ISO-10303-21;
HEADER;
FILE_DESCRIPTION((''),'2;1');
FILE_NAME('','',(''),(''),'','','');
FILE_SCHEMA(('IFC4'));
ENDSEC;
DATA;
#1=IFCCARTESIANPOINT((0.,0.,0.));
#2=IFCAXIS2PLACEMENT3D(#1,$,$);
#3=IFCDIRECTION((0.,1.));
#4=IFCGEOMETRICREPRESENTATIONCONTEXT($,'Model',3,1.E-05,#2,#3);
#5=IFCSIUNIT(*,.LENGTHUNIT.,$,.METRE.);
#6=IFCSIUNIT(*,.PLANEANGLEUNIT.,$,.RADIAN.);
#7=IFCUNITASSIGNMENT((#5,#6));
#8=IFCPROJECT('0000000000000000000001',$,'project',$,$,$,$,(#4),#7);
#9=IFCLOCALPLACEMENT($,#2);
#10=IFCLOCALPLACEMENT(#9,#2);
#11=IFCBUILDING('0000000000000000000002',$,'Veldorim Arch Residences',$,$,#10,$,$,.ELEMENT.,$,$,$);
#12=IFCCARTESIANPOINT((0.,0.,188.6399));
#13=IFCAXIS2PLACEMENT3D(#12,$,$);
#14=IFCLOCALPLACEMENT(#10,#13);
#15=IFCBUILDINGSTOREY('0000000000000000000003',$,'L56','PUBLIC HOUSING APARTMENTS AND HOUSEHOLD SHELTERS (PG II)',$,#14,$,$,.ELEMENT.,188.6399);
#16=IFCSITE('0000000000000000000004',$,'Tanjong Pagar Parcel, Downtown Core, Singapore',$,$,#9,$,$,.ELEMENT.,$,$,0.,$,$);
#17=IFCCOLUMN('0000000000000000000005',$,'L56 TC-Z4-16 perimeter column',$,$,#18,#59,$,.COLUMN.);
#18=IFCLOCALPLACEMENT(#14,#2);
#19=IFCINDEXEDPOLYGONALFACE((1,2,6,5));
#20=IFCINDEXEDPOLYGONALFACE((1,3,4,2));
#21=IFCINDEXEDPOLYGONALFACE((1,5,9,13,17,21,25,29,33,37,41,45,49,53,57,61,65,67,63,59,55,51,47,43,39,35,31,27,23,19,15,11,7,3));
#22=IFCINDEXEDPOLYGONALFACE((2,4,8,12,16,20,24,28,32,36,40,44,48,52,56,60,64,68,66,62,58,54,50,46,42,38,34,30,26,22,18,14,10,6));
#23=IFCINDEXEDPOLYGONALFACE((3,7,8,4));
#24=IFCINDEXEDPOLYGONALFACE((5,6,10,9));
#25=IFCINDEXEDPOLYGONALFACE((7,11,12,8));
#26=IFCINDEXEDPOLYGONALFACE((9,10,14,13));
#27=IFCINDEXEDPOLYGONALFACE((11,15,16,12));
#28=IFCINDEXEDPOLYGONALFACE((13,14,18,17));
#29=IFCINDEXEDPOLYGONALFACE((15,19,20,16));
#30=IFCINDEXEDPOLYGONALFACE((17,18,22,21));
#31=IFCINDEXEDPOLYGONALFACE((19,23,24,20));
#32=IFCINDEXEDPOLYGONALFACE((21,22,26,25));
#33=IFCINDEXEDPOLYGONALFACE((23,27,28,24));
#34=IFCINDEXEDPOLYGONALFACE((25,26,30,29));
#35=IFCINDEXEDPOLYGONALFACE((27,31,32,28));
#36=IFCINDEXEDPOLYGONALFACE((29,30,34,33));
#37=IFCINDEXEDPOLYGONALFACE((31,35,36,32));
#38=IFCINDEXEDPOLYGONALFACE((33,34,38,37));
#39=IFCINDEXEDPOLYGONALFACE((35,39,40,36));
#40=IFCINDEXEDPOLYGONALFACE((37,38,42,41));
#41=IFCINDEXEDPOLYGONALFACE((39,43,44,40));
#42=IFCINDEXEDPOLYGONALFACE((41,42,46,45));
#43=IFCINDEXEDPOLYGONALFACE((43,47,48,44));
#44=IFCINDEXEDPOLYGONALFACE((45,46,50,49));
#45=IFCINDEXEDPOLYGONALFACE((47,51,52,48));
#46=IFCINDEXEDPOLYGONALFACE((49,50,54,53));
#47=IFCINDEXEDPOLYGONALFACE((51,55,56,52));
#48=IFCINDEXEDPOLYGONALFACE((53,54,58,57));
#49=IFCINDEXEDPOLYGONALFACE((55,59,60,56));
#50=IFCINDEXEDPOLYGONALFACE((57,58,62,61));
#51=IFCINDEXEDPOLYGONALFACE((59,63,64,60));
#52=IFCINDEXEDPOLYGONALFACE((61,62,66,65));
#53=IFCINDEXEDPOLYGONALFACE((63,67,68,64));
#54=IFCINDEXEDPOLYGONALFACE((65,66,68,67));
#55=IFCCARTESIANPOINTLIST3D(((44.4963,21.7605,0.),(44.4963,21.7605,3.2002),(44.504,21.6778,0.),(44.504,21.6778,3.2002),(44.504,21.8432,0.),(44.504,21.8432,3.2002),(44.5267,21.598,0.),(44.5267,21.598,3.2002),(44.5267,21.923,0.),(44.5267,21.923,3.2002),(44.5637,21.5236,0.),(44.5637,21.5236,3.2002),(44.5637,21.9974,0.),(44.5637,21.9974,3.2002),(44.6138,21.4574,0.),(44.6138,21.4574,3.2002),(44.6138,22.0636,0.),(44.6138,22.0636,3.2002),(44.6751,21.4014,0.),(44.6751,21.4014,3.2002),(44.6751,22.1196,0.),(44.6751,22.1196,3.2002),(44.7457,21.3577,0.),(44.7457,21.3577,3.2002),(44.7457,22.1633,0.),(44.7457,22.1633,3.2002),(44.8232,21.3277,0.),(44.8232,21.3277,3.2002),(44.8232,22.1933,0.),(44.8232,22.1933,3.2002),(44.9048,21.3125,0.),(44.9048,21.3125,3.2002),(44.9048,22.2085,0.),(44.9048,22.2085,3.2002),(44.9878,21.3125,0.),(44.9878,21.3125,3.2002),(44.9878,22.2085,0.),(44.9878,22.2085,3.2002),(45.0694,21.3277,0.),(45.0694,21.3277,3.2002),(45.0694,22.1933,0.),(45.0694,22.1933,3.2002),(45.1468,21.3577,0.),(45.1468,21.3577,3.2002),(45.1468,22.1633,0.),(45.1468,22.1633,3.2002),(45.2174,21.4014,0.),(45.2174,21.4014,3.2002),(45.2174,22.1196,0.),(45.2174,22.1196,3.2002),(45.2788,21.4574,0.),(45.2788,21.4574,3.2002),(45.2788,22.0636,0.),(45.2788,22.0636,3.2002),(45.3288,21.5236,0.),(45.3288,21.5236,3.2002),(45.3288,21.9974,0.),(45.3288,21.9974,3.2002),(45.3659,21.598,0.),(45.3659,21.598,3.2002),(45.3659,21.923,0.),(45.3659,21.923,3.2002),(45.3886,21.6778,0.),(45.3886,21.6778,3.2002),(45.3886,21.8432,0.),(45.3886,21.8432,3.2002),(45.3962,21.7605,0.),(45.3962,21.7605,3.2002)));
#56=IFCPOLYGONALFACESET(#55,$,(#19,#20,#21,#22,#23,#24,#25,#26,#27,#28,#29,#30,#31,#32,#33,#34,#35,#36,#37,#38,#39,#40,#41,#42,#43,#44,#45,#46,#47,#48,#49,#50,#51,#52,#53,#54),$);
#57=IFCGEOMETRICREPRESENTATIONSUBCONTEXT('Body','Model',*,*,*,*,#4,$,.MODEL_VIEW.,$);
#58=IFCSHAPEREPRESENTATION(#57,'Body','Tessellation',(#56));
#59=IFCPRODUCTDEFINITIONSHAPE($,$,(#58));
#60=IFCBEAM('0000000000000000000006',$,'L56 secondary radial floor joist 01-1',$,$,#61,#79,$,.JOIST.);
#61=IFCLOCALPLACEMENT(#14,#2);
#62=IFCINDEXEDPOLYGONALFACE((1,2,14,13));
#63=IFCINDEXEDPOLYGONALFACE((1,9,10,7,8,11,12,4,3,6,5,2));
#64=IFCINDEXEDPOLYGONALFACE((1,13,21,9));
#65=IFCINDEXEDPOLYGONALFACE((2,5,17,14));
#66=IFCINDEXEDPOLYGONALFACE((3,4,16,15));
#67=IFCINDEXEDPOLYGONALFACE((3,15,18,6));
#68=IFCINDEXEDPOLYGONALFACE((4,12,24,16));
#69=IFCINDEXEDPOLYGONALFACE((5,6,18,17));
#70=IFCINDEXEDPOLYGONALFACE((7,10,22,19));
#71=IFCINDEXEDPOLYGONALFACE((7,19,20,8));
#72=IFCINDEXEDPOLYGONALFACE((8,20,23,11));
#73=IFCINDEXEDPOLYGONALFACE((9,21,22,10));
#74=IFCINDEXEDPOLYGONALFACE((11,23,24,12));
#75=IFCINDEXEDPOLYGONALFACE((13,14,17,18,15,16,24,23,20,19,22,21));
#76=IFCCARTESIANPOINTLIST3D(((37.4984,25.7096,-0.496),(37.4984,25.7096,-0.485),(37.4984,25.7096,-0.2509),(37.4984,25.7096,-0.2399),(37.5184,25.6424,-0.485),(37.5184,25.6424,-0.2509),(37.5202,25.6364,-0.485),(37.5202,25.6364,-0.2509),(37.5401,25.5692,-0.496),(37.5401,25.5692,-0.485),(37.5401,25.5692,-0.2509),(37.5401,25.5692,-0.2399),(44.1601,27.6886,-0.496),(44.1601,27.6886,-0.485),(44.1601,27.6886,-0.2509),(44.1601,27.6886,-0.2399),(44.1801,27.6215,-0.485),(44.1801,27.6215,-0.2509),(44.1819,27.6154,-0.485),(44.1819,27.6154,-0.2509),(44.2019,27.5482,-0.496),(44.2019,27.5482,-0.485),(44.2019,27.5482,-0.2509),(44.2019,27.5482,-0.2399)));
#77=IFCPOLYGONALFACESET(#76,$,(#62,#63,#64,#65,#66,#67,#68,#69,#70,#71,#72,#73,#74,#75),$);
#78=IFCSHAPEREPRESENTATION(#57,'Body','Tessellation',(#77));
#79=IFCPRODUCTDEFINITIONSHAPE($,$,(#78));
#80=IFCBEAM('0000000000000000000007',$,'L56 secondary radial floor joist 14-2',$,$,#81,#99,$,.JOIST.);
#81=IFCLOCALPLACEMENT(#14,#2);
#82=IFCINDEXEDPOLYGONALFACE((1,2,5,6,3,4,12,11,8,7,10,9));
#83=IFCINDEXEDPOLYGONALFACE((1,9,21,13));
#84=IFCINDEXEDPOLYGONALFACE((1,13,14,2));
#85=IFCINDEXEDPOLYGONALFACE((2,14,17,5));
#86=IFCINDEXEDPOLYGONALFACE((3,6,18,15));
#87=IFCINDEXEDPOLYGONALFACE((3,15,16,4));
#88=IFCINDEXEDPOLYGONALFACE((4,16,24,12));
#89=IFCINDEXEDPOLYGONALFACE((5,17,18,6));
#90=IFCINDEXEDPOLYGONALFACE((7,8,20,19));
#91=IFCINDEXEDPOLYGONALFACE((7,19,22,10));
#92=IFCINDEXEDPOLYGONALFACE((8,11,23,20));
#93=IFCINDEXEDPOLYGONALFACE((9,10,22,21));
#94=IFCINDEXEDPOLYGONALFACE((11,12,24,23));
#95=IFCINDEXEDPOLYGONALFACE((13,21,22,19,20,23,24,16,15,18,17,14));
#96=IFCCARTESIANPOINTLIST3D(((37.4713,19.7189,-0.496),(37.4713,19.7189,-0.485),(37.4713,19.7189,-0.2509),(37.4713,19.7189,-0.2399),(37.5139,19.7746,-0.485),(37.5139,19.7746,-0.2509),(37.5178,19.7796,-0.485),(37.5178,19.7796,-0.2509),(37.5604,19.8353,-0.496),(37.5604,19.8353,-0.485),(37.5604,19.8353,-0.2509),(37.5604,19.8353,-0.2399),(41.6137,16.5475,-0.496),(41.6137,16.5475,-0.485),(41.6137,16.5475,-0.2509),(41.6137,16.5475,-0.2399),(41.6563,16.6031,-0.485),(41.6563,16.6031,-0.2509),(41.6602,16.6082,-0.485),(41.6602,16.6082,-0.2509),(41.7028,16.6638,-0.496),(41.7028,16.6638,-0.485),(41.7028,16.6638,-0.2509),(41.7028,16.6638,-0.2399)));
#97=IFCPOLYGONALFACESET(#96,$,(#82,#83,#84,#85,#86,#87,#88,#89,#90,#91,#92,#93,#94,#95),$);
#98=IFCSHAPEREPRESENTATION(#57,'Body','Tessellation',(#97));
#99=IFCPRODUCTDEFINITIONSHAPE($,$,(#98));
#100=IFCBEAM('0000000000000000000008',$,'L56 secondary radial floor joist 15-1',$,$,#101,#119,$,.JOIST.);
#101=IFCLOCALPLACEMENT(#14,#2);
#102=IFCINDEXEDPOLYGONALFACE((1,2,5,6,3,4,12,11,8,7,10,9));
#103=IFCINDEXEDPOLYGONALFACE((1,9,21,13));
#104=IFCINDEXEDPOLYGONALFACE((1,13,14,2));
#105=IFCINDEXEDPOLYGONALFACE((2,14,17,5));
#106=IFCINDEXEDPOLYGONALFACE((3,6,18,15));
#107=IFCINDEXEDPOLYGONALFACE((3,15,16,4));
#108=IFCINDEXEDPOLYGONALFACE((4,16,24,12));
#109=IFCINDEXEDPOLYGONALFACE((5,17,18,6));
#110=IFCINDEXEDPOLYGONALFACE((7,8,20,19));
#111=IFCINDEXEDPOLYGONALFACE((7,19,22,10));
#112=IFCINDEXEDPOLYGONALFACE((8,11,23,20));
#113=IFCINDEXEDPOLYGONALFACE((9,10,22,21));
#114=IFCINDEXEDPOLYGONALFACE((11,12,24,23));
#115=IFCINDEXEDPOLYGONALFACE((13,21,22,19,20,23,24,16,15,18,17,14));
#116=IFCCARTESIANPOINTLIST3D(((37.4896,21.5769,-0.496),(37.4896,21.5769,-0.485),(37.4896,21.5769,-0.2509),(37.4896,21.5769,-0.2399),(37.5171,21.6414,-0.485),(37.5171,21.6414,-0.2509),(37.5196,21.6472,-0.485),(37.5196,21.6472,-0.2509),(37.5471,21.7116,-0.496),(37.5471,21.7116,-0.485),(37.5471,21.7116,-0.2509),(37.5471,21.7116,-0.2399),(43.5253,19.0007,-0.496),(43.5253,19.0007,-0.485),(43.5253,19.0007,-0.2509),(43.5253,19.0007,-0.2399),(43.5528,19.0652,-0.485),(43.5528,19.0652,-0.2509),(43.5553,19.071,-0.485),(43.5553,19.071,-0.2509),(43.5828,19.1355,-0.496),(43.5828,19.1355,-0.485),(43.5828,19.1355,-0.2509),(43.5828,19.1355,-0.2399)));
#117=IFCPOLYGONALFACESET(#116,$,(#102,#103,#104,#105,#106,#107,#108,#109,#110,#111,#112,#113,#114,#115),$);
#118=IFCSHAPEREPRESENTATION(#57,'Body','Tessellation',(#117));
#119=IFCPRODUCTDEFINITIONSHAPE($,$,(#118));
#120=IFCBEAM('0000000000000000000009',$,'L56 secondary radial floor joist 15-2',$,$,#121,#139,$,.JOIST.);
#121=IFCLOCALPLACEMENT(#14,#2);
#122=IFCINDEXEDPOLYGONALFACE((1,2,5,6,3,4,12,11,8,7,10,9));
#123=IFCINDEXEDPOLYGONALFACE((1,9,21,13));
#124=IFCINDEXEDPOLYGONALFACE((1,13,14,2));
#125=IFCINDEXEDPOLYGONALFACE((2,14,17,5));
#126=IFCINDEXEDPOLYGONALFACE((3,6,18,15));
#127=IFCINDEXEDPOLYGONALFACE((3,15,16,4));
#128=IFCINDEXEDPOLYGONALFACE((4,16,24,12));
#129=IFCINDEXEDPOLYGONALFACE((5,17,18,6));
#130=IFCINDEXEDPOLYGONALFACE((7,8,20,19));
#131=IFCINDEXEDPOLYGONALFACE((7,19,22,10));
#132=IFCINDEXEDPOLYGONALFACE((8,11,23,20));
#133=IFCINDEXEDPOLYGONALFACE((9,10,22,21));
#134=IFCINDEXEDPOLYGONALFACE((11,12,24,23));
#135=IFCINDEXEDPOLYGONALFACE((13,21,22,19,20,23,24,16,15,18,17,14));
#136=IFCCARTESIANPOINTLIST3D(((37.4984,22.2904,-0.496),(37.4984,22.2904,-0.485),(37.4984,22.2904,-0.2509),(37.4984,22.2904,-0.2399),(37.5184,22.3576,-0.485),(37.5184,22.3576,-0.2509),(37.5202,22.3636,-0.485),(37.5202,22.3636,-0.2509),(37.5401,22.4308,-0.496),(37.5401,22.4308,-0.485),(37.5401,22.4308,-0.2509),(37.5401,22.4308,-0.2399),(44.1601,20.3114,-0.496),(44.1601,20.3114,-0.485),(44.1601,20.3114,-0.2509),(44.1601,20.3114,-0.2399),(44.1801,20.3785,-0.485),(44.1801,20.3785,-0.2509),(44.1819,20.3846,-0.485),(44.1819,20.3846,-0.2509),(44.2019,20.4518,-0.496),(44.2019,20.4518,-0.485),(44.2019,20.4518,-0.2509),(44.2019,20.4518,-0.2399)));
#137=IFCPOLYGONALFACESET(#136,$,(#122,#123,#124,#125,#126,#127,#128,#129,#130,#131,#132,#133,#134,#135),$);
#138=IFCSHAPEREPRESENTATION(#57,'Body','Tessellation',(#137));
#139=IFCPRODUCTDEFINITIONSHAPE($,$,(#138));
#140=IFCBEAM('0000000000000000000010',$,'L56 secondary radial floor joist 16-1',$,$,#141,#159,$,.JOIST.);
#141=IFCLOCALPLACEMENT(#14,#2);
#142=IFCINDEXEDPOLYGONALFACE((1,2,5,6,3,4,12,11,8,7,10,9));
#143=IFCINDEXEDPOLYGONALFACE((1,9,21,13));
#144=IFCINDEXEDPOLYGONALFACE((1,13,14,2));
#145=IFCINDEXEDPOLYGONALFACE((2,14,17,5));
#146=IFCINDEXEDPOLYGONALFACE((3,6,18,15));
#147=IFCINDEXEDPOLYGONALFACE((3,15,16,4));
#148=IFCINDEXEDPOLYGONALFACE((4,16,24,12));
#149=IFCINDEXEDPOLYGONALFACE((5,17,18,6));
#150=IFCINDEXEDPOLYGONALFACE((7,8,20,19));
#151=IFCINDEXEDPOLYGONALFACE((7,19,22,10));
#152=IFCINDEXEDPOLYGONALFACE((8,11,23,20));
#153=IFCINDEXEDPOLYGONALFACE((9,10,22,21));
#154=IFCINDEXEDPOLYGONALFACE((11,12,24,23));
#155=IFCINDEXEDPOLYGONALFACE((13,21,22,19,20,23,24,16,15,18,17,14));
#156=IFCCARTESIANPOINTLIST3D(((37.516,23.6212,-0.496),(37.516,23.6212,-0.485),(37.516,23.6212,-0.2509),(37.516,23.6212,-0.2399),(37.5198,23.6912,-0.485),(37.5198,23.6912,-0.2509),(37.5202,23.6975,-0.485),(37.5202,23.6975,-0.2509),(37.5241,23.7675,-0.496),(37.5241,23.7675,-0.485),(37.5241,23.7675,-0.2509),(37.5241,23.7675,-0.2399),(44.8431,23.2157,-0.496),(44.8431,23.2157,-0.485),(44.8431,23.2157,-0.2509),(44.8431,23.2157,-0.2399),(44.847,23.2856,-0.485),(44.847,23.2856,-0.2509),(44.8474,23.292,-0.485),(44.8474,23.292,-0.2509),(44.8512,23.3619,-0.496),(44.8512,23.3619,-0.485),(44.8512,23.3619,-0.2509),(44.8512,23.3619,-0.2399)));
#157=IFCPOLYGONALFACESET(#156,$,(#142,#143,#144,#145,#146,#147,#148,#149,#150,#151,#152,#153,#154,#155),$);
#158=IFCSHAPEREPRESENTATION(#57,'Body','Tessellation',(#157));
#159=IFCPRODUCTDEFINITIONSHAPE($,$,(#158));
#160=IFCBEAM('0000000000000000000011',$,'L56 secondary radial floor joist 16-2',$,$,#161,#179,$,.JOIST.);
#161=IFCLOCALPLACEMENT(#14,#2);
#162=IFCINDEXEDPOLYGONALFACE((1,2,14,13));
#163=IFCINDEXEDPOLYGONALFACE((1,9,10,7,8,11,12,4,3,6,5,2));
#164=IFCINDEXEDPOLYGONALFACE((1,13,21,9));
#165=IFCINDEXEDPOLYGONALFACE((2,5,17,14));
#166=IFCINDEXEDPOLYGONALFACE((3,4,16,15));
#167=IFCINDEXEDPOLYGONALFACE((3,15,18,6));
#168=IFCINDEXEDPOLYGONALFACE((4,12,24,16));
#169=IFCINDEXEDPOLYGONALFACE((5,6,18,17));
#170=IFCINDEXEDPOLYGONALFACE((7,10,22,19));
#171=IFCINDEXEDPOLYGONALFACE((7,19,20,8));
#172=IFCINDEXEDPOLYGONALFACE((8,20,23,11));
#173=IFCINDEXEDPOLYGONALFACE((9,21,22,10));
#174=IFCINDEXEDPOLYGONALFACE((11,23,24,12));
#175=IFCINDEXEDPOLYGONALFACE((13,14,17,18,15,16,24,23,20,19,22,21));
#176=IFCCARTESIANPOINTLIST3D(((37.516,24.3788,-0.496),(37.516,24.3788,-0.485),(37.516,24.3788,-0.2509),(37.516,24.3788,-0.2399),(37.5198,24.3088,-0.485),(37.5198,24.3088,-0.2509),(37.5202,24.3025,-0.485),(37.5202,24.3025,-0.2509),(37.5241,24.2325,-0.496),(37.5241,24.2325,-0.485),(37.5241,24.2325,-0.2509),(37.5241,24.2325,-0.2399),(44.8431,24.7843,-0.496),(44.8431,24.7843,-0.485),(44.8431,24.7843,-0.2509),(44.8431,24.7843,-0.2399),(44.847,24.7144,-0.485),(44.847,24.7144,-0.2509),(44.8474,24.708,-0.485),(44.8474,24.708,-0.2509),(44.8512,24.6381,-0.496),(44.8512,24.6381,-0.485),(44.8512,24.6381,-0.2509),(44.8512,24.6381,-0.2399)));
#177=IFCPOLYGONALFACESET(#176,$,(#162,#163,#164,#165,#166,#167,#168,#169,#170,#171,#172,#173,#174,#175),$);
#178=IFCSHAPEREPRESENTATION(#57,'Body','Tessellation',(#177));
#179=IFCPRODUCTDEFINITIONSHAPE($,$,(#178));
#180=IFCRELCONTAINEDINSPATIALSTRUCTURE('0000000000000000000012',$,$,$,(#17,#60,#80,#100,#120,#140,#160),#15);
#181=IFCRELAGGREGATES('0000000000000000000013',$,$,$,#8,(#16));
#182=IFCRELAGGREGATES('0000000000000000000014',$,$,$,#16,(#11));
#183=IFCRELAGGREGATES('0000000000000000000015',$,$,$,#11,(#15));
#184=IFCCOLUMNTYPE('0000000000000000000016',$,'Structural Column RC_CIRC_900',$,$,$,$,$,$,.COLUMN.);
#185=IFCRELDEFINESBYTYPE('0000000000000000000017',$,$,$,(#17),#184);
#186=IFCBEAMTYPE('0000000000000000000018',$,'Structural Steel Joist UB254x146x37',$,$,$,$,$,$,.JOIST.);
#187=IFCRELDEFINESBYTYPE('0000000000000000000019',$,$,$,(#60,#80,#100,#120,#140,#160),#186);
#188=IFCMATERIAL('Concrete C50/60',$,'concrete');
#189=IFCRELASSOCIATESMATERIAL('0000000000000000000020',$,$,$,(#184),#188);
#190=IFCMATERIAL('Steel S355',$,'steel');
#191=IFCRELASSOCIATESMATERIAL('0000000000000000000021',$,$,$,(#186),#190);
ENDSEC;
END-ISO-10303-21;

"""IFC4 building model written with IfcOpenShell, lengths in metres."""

from ifc_helpers import new_model, si_unit, direction, frame, origin, origin_2d, place, context, subcontext, project, spatial, circle, i_section, extrude, material, material_profile, profile_set, type_object, element, save


model = new_model("IFC4")

# Units and contexts
model_context = context("Model", 3, precision=1e-05, world=origin(), true_north=direction((0.0, 1.0)))
body_context = subcontext(model_context, "Body", "Model", "MODEL_VIEW")
ifc_project = project(units=[si_unit("LENGTHUNIT", "METRE"), si_unit("PLANEANGLEUNIT", "RADIAN")], contexts=[model_context])

# Site, building, storey
site_placement = place(None, origin())
site = spatial("IfcSite", under=ifc_project, at=site_placement, Name="Tanjong Pagar Parcel, Downtown Core, Singapore", CompositionType="ELEMENT", RefElevation=0.0)
building_placement = place(site_placement, origin())
building = spatial("IfcBuilding", under=site, at=building_placement, Name="Veldorim Arch Residences", CompositionType="ELEMENT")
storey_placement = place(building_placement, frame((0.0, 0.0, 188.6399)))
storey = spatial("IfcBuildingStorey", under=building, at=storey_placement, Name="L56", Description="PUBLIC HOUSING APARTMENTS AND HOUSEHOLD SHELTERS (PG II)", CompositionType="ELEMENT", Elevation=188.6399)

# Column
ifc_material_1 = material(Name="Concrete C50/60", Category="concrete")
ifc_material_profile_1 = material_profile(ifc_material_1, circle(Radius=0.45, at=origin_2d()), Name="RC_CIRC_900")
ifc_profile_set_1 = profile_set([ifc_material_profile_1], Name="Concrete C50/60")
column_type = type_object("IfcColumnType", Name="Structural Column RC_CIRC_900", PredefinedType="COLUMN", material=ifc_profile_set_1)
column_placement = place(storey_placement, frame((44.9463, 21.7605, 0.0), z_axis=(0.0, 0.0, 1.0), x_axis=(1.0, 0.0, 0.0)))
element("IfcColumn", 1, at=column_placement, inside=storey, type_object=column_type, Name="L56 TC-Z4-16 perimeter column", PredefinedType="COLUMN", context=body_context, shape_type="SweptSolid", body=[
    extrude(circle(Radius=0.45, at=origin_2d()), origin(), (0.0, 0.0, 1.0), 3.2002),
])

# Beams
ifc_material_2 = material(Name="Steel S355", Category="steel")
ifc_material_profile_2 = material_profile(ifc_material_2, i_section(OverallWidth=0.1465, OverallDepth=0.2561, WebThickness=0.0063, FlangeThickness=0.011, at=origin_2d()), Name="UB254x146x37")
ifc_profile_set_2 = profile_set([ifc_material_profile_2], Name="Steel S355")
beam_type_1 = type_object("IfcBeamType", Name="Structural Steel Joist UB254x146x37", PredefinedType="JOIST", material=ifc_profile_set_2)
beam_1_placement = place(storey_placement, frame((37.5193, 25.6394, -0.3679), z_axis=(0.958594, 0.284775, 0.0), x_axis=(-0.284775, 0.958594, 0.0)))
element("IfcBeam", 2, at=beam_1_placement, inside=storey, type_object=beam_type_1, Name="L56 secondary radial floor joist 01-1", PredefinedType="JOIST", context=body_context, shape_type="SweptSolid", body=[
    extrude(i_section(OverallWidth=0.1465, OverallDepth=0.2561, WebThickness=0.0063, FlangeThickness=0.011, at=origin_2d()), origin(), (0.0, 0.0, 1.0), 6.9495),
])
beam_2_placement = place(storey_placement, frame((37.5159, 19.7771, -0.3679), z_axis=(0.794014, -0.6079, 0.0), x_axis=(0.6079, 0.794014, 0.0)))
element("IfcBeam", 3, at=beam_2_placement, inside=storey, type_object=beam_type_1, Name="L56 secondary radial floor joist 14-2", PredefinedType="JOIST", context=body_context, shape_type="SweptSolid", body=[
    extrude(i_section(OverallWidth=0.1465, OverallDepth=0.2561, WebThickness=0.0063, FlangeThickness=0.011, at=origin_2d()), origin(), (0.0, 0.0, 1.0), 5.217),
])
beam_3_placement = place(storey_placement, frame((37.5183, 21.6443, -0.3679), z_axis=(0.919725, -0.392563, 0.0), x_axis=(0.392563, 0.919725, 0.0)))
element("IfcBeam", 4, at=beam_3_placement, inside=storey, type_object=beam_type_1, Name="L56 secondary radial floor joist 15-1", PredefinedType="JOIST", context=body_context, shape_type="SweptSolid", body=[
    extrude(i_section(OverallWidth=0.1465, OverallDepth=0.2561, WebThickness=0.0063, FlangeThickness=0.011, at=origin_2d()), origin(), (0.0, 0.0, 1.0), 6.5625),
])
beam_4_placement = place(storey_placement, frame((37.5193, 22.3606, -0.3679), z_axis=(0.958594, -0.284775, 0.0), x_axis=(0.284775, 0.958594, 0.0)))
element("IfcBeam", 5, at=beam_4_placement, inside=storey, type_object=beam_type_1, Name="L56 secondary radial floor joist 15-2", PredefinedType="JOIST", context=body_context, shape_type="SweptSolid", body=[
    extrude(i_section(OverallWidth=0.1465, OverallDepth=0.2561, WebThickness=0.0063, FlangeThickness=0.011, at=origin_2d()), origin(), (0.0, 0.0, 1.0), 6.9495),
])
for number, where, z_axis, x_axis, name in (
    (6, (37.52, 23.6943, -0.3679), (0.998472, -0.05526, 0.0), (0.05526, 0.998472, 0.0), "L56 secondary radial floor joist 16-1"),
    (7, (37.52, 24.3057, -0.3679), (0.998472, 0.05526, 0.0), (-0.05526, 0.998472, 0.0), "L56 secondary radial floor joist 16-2"),
):
    element("IfcBeam", number, at=place(storey_placement, frame(where, z_axis=z_axis, x_axis=x_axis)), inside=storey, type_object=beam_type_1, Name=name, PredefinedType="JOIST", context=body_context, shape_type="SweptSolid", body=[
        extrude(i_section(OverallWidth=0.1465, OverallDepth=0.2561, WebThickness=0.0063, FlangeThickness=0.011, at=origin_2d()), origin(), (0.0, 0.0, 1.0), 7.3384),
    ])

save(model, "model.ifc")
